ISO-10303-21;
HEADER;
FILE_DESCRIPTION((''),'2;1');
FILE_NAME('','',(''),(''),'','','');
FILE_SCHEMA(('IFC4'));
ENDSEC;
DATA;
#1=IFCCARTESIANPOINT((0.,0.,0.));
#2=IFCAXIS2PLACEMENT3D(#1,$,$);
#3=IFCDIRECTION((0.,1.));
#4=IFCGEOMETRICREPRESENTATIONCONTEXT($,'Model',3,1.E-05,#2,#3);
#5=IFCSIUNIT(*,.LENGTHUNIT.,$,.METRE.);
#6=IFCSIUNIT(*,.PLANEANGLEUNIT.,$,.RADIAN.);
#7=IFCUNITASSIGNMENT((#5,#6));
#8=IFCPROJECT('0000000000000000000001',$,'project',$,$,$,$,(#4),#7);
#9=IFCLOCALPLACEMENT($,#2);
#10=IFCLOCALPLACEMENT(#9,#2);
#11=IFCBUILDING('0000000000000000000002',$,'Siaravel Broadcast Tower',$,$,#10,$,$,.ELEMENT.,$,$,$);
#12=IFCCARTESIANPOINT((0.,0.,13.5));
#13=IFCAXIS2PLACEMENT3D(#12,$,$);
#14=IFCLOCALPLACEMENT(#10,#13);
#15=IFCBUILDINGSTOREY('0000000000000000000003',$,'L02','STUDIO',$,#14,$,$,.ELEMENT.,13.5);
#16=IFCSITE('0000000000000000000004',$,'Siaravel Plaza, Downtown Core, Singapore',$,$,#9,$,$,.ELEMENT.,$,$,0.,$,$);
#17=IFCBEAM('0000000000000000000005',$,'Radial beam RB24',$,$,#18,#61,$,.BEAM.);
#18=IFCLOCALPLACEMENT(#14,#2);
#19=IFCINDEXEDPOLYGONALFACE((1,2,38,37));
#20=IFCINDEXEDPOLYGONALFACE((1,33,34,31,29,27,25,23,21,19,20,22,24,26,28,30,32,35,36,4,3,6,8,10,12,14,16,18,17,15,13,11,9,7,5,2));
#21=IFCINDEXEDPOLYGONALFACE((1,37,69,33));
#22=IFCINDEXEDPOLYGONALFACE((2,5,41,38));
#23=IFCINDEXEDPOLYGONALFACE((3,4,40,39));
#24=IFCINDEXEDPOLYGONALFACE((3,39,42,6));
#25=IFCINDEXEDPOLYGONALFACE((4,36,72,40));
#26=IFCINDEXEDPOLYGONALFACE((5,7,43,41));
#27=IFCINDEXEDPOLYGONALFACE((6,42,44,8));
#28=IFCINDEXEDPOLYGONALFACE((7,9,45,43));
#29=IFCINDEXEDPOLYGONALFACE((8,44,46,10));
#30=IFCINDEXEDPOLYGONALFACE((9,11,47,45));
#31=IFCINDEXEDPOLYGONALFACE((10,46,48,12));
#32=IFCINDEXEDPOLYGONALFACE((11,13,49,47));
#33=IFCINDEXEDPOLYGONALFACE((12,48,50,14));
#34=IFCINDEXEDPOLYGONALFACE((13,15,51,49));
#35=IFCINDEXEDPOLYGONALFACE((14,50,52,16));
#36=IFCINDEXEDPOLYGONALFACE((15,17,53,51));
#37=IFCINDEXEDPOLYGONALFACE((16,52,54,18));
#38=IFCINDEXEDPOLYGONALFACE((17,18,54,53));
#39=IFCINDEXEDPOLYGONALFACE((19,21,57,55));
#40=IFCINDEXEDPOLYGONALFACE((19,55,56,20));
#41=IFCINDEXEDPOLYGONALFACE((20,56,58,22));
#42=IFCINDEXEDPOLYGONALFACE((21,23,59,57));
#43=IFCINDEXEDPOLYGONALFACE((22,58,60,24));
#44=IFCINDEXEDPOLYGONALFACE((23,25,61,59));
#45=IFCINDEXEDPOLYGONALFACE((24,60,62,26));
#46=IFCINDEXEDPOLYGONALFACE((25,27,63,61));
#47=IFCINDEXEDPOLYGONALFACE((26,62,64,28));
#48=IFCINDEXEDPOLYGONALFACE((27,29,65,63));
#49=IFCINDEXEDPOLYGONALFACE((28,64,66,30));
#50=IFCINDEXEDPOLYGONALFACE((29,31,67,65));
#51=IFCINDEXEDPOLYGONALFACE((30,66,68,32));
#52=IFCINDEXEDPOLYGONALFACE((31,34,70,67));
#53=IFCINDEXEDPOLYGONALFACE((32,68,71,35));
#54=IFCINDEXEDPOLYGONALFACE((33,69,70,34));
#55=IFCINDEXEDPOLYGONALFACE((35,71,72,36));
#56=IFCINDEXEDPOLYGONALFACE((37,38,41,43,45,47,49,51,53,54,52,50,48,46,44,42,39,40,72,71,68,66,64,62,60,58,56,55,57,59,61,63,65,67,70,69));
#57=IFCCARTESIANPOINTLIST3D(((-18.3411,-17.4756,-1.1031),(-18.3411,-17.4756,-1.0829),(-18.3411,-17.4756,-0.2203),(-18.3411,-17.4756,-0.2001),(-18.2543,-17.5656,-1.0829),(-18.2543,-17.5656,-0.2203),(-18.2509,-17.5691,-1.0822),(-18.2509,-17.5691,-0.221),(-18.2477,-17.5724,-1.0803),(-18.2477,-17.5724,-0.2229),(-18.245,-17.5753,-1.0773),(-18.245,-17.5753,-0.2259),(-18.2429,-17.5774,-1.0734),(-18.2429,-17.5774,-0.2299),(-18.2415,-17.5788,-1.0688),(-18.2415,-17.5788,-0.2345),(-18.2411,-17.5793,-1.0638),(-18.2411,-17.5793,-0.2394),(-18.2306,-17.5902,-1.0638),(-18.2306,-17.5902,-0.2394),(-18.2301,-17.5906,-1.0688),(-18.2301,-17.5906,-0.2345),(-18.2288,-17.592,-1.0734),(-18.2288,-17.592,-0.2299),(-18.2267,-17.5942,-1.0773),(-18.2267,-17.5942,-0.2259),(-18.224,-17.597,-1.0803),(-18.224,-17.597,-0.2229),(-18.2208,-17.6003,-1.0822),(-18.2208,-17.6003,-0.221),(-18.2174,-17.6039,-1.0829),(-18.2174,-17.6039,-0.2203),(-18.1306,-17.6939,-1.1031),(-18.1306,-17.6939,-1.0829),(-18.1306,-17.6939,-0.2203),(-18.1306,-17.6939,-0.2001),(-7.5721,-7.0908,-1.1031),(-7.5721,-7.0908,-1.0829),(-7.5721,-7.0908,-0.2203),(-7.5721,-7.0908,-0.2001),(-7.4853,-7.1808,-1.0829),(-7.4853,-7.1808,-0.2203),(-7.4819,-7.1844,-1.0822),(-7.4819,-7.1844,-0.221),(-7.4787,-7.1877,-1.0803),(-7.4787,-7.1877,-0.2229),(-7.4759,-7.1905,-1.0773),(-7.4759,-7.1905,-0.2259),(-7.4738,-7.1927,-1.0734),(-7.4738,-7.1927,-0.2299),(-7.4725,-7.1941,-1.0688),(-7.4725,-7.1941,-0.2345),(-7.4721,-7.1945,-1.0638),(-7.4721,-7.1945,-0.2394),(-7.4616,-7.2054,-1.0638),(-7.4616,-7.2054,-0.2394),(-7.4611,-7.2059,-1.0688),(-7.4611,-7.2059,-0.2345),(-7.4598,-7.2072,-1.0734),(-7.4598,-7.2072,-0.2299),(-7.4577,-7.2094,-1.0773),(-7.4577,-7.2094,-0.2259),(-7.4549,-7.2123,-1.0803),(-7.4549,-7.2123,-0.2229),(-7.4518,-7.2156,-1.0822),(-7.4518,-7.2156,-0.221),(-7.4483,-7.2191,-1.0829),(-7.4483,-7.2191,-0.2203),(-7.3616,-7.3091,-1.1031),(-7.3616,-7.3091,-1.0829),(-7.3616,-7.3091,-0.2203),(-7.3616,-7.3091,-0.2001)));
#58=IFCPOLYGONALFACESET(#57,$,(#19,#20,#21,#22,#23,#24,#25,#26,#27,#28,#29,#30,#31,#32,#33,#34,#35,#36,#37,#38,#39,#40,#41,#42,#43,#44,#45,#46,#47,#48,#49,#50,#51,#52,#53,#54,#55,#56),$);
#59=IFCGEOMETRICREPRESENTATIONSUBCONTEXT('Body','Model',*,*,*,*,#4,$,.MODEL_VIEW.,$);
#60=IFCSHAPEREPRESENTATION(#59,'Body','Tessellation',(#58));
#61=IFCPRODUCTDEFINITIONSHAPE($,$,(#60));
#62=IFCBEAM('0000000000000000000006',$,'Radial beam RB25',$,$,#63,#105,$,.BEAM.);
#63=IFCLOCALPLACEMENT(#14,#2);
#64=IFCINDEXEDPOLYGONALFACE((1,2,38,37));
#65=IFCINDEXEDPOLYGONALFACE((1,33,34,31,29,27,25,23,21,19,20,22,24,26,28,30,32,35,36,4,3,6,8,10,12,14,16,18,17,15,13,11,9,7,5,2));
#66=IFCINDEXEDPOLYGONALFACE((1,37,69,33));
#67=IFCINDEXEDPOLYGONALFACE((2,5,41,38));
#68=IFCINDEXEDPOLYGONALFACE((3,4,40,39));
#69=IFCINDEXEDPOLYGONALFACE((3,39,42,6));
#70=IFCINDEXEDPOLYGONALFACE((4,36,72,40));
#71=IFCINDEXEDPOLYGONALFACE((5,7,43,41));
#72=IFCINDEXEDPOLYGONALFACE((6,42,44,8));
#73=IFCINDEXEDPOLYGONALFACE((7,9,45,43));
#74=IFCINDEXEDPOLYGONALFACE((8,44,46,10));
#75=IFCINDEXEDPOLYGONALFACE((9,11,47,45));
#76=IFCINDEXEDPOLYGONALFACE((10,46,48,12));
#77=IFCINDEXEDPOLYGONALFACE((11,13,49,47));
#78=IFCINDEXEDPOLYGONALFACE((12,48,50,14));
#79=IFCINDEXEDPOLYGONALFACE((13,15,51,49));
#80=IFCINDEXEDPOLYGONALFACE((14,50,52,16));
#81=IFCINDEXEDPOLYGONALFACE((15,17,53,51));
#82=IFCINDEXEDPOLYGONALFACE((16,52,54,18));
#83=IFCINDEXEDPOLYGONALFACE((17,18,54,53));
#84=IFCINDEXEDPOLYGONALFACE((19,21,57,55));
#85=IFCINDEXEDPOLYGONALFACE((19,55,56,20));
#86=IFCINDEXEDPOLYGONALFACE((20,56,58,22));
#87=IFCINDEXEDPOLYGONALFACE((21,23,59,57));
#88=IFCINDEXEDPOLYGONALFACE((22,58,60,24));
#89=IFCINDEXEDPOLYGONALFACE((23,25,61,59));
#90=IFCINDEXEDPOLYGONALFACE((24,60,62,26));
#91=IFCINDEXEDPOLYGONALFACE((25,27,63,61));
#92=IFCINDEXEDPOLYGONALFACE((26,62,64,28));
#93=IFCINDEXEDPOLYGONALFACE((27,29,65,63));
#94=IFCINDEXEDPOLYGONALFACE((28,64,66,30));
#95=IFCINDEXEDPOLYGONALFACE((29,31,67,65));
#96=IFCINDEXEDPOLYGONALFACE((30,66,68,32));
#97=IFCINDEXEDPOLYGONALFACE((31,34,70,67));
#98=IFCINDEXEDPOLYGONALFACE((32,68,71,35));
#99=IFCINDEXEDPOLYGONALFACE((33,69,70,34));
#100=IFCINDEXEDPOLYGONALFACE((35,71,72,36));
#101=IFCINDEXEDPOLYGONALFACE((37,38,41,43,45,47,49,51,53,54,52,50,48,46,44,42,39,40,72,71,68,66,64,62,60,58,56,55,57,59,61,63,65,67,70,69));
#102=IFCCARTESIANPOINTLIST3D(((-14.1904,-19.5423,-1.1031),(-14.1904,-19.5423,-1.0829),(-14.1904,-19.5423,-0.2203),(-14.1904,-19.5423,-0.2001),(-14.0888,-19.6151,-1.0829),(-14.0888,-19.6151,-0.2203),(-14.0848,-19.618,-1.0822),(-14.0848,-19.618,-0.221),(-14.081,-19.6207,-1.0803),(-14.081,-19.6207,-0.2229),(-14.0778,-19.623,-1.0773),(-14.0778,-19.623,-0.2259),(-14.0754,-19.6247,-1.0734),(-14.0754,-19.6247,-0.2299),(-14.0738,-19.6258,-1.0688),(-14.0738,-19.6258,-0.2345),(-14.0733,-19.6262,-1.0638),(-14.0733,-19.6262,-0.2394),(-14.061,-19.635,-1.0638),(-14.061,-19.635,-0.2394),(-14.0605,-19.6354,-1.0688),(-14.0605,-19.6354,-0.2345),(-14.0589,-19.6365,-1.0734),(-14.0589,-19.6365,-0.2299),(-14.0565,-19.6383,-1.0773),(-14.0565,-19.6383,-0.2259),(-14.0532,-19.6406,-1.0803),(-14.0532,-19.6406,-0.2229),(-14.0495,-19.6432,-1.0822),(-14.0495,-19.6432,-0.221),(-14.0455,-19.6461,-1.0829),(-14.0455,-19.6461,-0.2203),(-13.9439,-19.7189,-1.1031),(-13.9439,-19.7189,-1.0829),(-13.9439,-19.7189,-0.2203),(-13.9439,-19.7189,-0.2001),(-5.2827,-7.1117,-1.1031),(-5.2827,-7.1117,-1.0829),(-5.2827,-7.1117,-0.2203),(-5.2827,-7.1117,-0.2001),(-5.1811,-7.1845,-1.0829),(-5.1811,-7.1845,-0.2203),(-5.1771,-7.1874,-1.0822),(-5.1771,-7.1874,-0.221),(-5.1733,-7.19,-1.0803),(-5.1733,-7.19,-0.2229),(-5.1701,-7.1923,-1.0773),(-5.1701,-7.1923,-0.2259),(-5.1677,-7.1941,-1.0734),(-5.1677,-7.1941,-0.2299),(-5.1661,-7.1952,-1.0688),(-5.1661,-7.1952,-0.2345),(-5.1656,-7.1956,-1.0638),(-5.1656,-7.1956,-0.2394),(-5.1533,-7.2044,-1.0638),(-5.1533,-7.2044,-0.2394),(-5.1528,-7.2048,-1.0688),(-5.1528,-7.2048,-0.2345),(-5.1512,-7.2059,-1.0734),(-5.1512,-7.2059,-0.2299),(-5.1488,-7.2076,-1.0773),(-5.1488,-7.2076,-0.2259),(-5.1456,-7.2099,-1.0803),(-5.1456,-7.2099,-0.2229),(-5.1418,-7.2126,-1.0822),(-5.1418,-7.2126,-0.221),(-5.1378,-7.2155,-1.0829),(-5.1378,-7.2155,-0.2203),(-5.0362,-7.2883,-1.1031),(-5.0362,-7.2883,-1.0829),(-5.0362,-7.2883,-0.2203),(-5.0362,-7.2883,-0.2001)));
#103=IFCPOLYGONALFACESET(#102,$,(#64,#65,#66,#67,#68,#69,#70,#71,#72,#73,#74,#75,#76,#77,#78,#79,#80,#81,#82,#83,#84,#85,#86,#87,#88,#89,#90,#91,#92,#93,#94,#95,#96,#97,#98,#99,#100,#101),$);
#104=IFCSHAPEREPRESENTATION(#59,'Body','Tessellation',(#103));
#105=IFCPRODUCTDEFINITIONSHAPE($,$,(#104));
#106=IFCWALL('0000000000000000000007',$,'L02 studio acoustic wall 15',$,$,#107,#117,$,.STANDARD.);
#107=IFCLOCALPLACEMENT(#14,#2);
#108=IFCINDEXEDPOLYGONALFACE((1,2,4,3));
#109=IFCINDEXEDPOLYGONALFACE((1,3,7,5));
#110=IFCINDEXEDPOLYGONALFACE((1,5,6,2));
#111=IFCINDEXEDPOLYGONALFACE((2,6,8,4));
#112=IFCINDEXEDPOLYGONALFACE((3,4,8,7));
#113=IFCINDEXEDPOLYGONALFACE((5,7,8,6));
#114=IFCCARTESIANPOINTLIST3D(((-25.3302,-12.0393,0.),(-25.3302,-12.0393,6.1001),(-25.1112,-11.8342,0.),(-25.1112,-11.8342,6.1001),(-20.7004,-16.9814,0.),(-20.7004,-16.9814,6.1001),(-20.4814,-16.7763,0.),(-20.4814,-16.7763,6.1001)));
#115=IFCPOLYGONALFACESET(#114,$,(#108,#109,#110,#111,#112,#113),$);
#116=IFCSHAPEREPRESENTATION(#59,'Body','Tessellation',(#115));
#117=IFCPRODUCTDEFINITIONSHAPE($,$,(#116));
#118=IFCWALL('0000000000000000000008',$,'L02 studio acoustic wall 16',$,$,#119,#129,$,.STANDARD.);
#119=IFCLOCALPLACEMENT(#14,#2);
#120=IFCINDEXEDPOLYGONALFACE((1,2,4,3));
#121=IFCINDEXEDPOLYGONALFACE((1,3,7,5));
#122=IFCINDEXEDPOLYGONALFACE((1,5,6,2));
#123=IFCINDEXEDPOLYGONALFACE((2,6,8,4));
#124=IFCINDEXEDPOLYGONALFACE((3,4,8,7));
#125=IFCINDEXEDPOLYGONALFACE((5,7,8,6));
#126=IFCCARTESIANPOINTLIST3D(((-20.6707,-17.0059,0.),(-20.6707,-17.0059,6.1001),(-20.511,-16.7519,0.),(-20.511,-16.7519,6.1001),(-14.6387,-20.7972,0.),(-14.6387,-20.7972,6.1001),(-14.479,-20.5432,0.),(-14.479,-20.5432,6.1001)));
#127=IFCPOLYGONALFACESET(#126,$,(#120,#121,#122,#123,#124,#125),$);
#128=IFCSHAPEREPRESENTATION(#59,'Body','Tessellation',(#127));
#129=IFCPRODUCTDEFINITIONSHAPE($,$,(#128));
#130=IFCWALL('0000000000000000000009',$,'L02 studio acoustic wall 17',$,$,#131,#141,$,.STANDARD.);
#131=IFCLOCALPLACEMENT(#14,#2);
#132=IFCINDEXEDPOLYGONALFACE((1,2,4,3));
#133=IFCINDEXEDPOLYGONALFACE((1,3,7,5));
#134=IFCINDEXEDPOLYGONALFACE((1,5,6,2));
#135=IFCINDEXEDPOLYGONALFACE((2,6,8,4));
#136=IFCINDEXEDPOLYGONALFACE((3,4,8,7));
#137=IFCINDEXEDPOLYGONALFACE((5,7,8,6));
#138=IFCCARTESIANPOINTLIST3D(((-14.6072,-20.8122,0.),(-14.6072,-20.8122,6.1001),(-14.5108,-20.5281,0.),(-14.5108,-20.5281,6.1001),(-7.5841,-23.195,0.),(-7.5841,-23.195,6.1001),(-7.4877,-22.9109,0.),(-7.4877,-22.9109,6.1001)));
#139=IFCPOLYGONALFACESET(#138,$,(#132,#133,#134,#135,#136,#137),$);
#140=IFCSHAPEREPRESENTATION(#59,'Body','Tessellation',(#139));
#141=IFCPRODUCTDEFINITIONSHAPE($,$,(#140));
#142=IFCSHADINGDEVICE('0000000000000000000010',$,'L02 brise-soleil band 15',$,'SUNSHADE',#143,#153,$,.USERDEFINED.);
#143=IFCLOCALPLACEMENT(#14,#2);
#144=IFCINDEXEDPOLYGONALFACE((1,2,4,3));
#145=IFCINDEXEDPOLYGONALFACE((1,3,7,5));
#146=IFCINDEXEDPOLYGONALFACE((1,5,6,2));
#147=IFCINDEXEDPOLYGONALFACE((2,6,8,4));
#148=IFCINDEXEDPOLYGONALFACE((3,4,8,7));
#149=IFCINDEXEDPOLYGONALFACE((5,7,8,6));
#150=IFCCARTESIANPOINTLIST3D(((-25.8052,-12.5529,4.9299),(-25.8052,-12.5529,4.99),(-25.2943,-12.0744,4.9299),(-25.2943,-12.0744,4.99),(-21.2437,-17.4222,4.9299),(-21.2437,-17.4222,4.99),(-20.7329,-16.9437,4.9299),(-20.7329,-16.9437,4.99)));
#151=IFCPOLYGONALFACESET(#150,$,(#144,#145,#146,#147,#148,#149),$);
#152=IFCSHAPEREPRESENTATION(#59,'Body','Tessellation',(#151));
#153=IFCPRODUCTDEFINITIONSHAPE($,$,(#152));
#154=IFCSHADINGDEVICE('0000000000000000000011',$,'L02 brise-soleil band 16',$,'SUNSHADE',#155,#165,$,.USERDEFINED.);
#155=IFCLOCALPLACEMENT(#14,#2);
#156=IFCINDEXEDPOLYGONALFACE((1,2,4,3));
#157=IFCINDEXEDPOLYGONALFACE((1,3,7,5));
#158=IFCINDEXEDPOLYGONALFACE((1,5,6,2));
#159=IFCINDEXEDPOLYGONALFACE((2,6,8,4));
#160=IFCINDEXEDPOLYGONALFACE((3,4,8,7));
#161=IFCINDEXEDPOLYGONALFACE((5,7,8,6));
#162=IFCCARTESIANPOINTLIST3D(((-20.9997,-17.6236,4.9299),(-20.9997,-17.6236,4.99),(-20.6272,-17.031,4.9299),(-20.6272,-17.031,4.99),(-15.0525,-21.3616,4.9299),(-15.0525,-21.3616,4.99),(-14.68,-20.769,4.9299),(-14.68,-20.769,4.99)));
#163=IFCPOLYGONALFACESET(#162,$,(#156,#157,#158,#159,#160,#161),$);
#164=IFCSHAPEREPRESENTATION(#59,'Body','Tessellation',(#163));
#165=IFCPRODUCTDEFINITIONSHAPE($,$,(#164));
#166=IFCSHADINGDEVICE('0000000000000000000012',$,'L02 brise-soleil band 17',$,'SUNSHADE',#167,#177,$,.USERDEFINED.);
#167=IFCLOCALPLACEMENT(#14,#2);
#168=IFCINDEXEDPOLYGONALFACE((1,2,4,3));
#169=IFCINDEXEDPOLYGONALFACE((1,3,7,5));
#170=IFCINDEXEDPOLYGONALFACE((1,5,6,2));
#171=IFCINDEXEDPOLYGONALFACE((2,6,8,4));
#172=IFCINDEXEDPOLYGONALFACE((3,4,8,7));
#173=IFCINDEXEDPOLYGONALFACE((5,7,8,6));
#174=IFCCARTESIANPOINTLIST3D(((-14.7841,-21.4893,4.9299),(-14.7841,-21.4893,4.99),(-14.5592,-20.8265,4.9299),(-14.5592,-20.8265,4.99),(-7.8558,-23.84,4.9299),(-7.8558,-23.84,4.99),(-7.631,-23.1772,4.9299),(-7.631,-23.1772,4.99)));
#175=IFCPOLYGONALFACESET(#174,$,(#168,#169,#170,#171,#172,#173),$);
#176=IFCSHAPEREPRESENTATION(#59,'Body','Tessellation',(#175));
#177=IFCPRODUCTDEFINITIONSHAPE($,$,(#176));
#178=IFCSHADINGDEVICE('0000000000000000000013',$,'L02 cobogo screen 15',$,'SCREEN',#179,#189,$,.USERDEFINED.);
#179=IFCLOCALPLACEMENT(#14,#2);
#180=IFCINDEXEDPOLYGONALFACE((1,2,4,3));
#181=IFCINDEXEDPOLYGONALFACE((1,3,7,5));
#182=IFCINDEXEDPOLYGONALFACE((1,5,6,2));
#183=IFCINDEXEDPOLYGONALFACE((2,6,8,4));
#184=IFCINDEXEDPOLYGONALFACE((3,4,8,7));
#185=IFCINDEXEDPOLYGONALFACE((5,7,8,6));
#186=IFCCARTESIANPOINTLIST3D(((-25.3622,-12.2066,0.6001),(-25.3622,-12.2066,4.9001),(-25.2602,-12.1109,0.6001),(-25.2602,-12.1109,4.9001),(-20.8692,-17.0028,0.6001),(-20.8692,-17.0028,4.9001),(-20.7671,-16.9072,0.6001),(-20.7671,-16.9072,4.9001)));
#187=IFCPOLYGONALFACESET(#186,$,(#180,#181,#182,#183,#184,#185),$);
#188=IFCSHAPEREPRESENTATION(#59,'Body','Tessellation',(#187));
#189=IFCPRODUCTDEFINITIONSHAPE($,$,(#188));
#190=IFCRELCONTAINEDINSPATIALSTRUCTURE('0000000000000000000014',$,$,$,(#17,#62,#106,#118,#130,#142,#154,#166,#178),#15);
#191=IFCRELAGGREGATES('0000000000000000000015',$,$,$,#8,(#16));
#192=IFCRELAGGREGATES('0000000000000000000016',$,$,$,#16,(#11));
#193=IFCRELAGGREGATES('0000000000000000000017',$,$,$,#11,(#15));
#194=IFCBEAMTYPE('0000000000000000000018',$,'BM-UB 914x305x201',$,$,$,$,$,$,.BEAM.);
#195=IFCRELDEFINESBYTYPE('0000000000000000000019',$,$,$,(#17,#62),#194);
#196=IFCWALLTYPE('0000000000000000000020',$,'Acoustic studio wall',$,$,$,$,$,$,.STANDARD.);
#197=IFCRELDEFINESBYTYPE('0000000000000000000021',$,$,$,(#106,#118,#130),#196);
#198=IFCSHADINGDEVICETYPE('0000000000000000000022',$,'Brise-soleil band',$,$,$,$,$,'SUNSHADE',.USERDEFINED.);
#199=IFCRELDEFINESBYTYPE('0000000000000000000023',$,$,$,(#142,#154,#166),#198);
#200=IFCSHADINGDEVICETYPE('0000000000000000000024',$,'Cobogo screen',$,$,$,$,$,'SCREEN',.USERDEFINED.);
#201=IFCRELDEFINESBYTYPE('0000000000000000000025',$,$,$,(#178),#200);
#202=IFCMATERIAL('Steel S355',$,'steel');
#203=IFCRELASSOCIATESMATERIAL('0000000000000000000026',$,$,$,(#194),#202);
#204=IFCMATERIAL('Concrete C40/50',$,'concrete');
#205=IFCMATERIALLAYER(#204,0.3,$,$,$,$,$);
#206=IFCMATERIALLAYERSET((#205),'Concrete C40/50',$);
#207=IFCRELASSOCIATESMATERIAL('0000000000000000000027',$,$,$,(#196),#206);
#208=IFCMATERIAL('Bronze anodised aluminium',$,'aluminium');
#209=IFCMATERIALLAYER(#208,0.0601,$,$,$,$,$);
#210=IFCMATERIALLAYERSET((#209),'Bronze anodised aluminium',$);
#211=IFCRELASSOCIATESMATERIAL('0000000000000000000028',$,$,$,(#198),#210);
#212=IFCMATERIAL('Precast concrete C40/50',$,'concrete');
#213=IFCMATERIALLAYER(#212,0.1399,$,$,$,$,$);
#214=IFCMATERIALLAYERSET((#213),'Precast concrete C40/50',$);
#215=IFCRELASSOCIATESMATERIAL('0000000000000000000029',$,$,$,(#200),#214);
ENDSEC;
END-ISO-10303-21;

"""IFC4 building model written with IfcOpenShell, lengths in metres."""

from ifc_helpers import new_model, si_unit, direction, frame, frame_2d, origin, origin_2d, place, context, subcontext, project, spatial, rectangle, i_section, extrude, material, layer, layer_set, material_profile, profile_set, type_object, element, save


model = new_model("IFC4")

# Units and contexts
model_context = context("Model", 3, precision=1e-05, world=origin(), true_north=direction((0.0, 1.0)))
body_context = subcontext(model_context, "Body", "Model", "MODEL_VIEW")
ifc_project = project(units=[si_unit("LENGTHUNIT", "METRE"), si_unit("PLANEANGLEUNIT", "RADIAN")], contexts=[model_context])

# Site, building, storey
site_placement = place(None, origin())
site = spatial("IfcSite", under=ifc_project, at=site_placement, Name="Siaravel Plaza, Downtown Core, Singapore", CompositionType="ELEMENT", RefElevation=0.0)
building_placement = place(site_placement, origin())
building = spatial("IfcBuilding", under=site, at=building_placement, Name="Siaravel Broadcast Tower", CompositionType="ELEMENT")
storey_placement = place(building_placement, frame((0.0, 0.0, 13.5)))
storey = spatial("IfcBuildingStorey", under=building, at=storey_placement, Name="L02", Description="STUDIO", CompositionType="ELEMENT", Elevation=13.5)

# Beams
ifc_material_1 = material(Name="Steel S355", Category="steel")
ifc_material_profile_1 = material_profile(ifc_material_1, i_section(OverallWidth=0.3032, OverallDepth=0.9031, WebThickness=0.0151, FlangeThickness=0.0203, FilletRadius=0.019, at=origin_2d()))
ifc_profile_set_1 = profile_set([ifc_material_profile_1], Name="Steel S355")
beam_type = type_object("IfcBeamType", Name="BM-UB 914x305x201", PredefinedType="BEAM", material=ifc_profile_set_1)
beam_1_placement = place(storey_placement, frame((-18.2358, -17.5847, -0.6516), z_axis=(0.719833, 0.694147, 0.0), x_axis=(-0.694147, 0.719833, 0.0)))
element("IfcBeam", 1, at=beam_1_placement, inside=storey, type_object=beam_type, Name="Radial beam RB24", PredefinedType="BEAM", context=body_context, shape_type="SweptSolid", body=[
    extrude(i_section(OverallWidth=0.3032, OverallDepth=0.9031, WebThickness=0.0151, FlangeThickness=0.0203, FilletRadius=0.019, at=origin_2d()), origin(), (0.0, 0.0, 1.0), 14.9604),
])
beam_2_placement = place(storey_placement, frame((-14.0671, -19.6306, -0.6516), z_axis=(0.582479, 0.812846, 0.0), x_axis=(-0.812846, 0.582479, 0.0)))
element("IfcBeam", 2, at=beam_2_placement, inside=storey, type_object=beam_type, Name="Radial beam RB25", PredefinedType="BEAM", context=body_context, shape_type="SweptSolid", body=[
    extrude(i_section(OverallWidth=0.3032, OverallDepth=0.9031, WebThickness=0.0151, FlangeThickness=0.0203, FilletRadius=0.019, at=origin_2d()), origin(), (0.0, 0.0, 1.0), 15.2927),
])

# Walls
ifc_material_2 = material(Name="Concrete C40/50", Category="concrete")
ifc_layer_1 = layer(ifc_material_2, 0.3)
ifc_layer_set_1 = layer_set([ifc_layer_1], Name="Concrete C40/50")
wall_type = type_object("IfcWallType", Name="Acoustic studio wall", PredefinedType="STANDARD", material=ifc_layer_set_1)
wall_1_placement = place(storey_placement, frame((-25.2207, -11.9368, 0.0), z_axis=(0.0, 0.0, 1.0), x_axis=(0.683676, -0.729786, 0.0)))
element("IfcWall", 3, at=wall_1_placement, inside=storey, type_object=wall_type, Name="L02 studio acoustic wall 15", PredefinedType="STANDARD", context=body_context, shape_type="SweptSolid", body=[
    extrude(rectangle(XDim=6.772, YDim=0.3, at=frame_2d((3.386, 0.0))), origin(), (0.0, 0.0, 1.0), 6.1001),
])
wall_2_placement = place(storey_placement, frame((-20.5908, -16.8789, 0.0), z_axis=(0.0, 0.0, 1.0), x_axis=(0.846654, -0.532144, 0.0)))
element("IfcWall", 4, at=wall_2_placement, inside=storey, type_object=wall_type, Name="L02 studio acoustic wall 16", PredefinedType="STANDARD", context=body_context, shape_type="SweptSolid", body=[
    extrude(rectangle(XDim=7.1245, YDim=0.3, at=frame_2d((3.5623, 0.0))), origin(), (0.0, 0.0, 1.0), 6.1001),
])
wall_3_placement = place(storey_placement, frame((-14.5588, -20.6702, 0.0), z_axis=(0.0, 0.0, 1.0), x_axis=(0.946978, -0.3213, 0.0)))
element("IfcWall", 5, at=wall_3_placement, inside=storey, type_object=wall_type, Name="L02 studio acoustic wall 17", PredefinedType="STANDARD", context=body_context, shape_type="SweptSolid", body=[
    extrude(rectangle(XDim=7.4163, YDim=0.3, at=frame_2d((3.708, 0.0))), origin(), (0.0, 0.0, 1.0), 6.1001),
])

# Shading devices
ifc_material_3 = material(Name="Bronze anodised aluminium", Category="aluminium")
ifc_layer_2 = layer(ifc_material_3, 0.0601)
ifc_layer_set_2 = layer_set([ifc_layer_2], Name="Bronze anodised aluminium")
shading_device_type_1 = type_object("IfcShadingDeviceType", Name="Brise-soleil band", ElementType="SUNSHADE", PredefinedType="USERDEFINED", material=ifc_layer_set_2)
shading_device_1_placement = place(storey_placement, frame((-23.269, -14.7483, 4.9299), z_axis=(0.0, 0.0, 1.0), x_axis=(0.683656, -0.729804, 0.0)))
element("IfcShadingDevice", 6, at=shading_device_1_placement, inside=storey, type_object=shading_device_type_1, Name="L02 brise-soleil band 15", ObjectType="SUNSHADE", PredefinedType="USERDEFINED", context=body_context, shape_type="SweptSolid", body=[
    extrude(rectangle(XDim=6.6721, YDim=0.7, at=origin_2d()), origin(), (0.0, 0.0, 1.0), 0.0601),
])
shading_device_2_placement = place(storey_placement, frame((-17.8398, -19.1963, 4.9299), z_axis=(0.0, 0.0, 1.0), x_axis=(0.84665, -0.532149, 0.0)))
element("IfcShadingDevice", 7, at=shading_device_2_placement, inside=storey, type_object=shading_device_type_1, Name="L02 brise-soleil band 16", ObjectType="SUNSHADE", PredefinedType="USERDEFINED", context=body_context, shape_type="SweptSolid", body=[
    extrude(rectangle(XDim=7.0244, YDim=0.7, at=origin_2d()), origin(), (0.0, 0.0, 1.0), 0.0601),
])
shading_device_3_placement = place(storey_placement, frame((-11.2075, -22.3333, 4.9299), z_axis=(0.0, 0.0, 1.0), x_axis=(0.946977, -0.321301, 0.0)))
element("IfcShadingDevice", 8, at=shading_device_3_placement, inside=storey, type_object=shading_device_type_1, Name="L02 brise-soleil band 17", ObjectType="SUNSHADE", PredefinedType="USERDEFINED", context=body_context, shape_type="SweptSolid", body=[
    extrude(rectangle(XDim=7.3162, YDim=0.7, at=origin_2d()), origin(), (0.0, 0.0, 1.0), 0.0601),
])
ifc_material_4 = material(Name="Precast concrete C40/50", Category="concrete")
ifc_layer_3 = layer(ifc_material_4, 0.1399)
ifc_layer_set_3 = layer_set([ifc_layer_3], Name="Precast concrete C40/50")
shading_device_type_2 = type_object("IfcShadingDeviceType", Name="Cobogo screen", ElementType="SCREEN", PredefinedType="USERDEFINED", material=ifc_layer_set_3)
shading_device_4_placement = place(storey_placement, frame((-23.0647, -14.5569, 0.6001), z_axis=(0.0, 0.0, 1.0), x_axis=(0.683656, -0.729804, 0.0)))
element("IfcShadingDevice", 9, at=shading_device_4_placement, inside=storey, type_object=shading_device_type_2, Name="L02 cobogo screen 15", ObjectType="SCREEN", PredefinedType="USERDEFINED", context=body_context, shape_type="SweptSolid", body=[
    extrude(rectangle(XDim=6.572, YDim=0.1399, at=origin_2d()), origin(), (0.0, 0.0, 1.0), 4.3),
])

save(model, "model.ifc")
